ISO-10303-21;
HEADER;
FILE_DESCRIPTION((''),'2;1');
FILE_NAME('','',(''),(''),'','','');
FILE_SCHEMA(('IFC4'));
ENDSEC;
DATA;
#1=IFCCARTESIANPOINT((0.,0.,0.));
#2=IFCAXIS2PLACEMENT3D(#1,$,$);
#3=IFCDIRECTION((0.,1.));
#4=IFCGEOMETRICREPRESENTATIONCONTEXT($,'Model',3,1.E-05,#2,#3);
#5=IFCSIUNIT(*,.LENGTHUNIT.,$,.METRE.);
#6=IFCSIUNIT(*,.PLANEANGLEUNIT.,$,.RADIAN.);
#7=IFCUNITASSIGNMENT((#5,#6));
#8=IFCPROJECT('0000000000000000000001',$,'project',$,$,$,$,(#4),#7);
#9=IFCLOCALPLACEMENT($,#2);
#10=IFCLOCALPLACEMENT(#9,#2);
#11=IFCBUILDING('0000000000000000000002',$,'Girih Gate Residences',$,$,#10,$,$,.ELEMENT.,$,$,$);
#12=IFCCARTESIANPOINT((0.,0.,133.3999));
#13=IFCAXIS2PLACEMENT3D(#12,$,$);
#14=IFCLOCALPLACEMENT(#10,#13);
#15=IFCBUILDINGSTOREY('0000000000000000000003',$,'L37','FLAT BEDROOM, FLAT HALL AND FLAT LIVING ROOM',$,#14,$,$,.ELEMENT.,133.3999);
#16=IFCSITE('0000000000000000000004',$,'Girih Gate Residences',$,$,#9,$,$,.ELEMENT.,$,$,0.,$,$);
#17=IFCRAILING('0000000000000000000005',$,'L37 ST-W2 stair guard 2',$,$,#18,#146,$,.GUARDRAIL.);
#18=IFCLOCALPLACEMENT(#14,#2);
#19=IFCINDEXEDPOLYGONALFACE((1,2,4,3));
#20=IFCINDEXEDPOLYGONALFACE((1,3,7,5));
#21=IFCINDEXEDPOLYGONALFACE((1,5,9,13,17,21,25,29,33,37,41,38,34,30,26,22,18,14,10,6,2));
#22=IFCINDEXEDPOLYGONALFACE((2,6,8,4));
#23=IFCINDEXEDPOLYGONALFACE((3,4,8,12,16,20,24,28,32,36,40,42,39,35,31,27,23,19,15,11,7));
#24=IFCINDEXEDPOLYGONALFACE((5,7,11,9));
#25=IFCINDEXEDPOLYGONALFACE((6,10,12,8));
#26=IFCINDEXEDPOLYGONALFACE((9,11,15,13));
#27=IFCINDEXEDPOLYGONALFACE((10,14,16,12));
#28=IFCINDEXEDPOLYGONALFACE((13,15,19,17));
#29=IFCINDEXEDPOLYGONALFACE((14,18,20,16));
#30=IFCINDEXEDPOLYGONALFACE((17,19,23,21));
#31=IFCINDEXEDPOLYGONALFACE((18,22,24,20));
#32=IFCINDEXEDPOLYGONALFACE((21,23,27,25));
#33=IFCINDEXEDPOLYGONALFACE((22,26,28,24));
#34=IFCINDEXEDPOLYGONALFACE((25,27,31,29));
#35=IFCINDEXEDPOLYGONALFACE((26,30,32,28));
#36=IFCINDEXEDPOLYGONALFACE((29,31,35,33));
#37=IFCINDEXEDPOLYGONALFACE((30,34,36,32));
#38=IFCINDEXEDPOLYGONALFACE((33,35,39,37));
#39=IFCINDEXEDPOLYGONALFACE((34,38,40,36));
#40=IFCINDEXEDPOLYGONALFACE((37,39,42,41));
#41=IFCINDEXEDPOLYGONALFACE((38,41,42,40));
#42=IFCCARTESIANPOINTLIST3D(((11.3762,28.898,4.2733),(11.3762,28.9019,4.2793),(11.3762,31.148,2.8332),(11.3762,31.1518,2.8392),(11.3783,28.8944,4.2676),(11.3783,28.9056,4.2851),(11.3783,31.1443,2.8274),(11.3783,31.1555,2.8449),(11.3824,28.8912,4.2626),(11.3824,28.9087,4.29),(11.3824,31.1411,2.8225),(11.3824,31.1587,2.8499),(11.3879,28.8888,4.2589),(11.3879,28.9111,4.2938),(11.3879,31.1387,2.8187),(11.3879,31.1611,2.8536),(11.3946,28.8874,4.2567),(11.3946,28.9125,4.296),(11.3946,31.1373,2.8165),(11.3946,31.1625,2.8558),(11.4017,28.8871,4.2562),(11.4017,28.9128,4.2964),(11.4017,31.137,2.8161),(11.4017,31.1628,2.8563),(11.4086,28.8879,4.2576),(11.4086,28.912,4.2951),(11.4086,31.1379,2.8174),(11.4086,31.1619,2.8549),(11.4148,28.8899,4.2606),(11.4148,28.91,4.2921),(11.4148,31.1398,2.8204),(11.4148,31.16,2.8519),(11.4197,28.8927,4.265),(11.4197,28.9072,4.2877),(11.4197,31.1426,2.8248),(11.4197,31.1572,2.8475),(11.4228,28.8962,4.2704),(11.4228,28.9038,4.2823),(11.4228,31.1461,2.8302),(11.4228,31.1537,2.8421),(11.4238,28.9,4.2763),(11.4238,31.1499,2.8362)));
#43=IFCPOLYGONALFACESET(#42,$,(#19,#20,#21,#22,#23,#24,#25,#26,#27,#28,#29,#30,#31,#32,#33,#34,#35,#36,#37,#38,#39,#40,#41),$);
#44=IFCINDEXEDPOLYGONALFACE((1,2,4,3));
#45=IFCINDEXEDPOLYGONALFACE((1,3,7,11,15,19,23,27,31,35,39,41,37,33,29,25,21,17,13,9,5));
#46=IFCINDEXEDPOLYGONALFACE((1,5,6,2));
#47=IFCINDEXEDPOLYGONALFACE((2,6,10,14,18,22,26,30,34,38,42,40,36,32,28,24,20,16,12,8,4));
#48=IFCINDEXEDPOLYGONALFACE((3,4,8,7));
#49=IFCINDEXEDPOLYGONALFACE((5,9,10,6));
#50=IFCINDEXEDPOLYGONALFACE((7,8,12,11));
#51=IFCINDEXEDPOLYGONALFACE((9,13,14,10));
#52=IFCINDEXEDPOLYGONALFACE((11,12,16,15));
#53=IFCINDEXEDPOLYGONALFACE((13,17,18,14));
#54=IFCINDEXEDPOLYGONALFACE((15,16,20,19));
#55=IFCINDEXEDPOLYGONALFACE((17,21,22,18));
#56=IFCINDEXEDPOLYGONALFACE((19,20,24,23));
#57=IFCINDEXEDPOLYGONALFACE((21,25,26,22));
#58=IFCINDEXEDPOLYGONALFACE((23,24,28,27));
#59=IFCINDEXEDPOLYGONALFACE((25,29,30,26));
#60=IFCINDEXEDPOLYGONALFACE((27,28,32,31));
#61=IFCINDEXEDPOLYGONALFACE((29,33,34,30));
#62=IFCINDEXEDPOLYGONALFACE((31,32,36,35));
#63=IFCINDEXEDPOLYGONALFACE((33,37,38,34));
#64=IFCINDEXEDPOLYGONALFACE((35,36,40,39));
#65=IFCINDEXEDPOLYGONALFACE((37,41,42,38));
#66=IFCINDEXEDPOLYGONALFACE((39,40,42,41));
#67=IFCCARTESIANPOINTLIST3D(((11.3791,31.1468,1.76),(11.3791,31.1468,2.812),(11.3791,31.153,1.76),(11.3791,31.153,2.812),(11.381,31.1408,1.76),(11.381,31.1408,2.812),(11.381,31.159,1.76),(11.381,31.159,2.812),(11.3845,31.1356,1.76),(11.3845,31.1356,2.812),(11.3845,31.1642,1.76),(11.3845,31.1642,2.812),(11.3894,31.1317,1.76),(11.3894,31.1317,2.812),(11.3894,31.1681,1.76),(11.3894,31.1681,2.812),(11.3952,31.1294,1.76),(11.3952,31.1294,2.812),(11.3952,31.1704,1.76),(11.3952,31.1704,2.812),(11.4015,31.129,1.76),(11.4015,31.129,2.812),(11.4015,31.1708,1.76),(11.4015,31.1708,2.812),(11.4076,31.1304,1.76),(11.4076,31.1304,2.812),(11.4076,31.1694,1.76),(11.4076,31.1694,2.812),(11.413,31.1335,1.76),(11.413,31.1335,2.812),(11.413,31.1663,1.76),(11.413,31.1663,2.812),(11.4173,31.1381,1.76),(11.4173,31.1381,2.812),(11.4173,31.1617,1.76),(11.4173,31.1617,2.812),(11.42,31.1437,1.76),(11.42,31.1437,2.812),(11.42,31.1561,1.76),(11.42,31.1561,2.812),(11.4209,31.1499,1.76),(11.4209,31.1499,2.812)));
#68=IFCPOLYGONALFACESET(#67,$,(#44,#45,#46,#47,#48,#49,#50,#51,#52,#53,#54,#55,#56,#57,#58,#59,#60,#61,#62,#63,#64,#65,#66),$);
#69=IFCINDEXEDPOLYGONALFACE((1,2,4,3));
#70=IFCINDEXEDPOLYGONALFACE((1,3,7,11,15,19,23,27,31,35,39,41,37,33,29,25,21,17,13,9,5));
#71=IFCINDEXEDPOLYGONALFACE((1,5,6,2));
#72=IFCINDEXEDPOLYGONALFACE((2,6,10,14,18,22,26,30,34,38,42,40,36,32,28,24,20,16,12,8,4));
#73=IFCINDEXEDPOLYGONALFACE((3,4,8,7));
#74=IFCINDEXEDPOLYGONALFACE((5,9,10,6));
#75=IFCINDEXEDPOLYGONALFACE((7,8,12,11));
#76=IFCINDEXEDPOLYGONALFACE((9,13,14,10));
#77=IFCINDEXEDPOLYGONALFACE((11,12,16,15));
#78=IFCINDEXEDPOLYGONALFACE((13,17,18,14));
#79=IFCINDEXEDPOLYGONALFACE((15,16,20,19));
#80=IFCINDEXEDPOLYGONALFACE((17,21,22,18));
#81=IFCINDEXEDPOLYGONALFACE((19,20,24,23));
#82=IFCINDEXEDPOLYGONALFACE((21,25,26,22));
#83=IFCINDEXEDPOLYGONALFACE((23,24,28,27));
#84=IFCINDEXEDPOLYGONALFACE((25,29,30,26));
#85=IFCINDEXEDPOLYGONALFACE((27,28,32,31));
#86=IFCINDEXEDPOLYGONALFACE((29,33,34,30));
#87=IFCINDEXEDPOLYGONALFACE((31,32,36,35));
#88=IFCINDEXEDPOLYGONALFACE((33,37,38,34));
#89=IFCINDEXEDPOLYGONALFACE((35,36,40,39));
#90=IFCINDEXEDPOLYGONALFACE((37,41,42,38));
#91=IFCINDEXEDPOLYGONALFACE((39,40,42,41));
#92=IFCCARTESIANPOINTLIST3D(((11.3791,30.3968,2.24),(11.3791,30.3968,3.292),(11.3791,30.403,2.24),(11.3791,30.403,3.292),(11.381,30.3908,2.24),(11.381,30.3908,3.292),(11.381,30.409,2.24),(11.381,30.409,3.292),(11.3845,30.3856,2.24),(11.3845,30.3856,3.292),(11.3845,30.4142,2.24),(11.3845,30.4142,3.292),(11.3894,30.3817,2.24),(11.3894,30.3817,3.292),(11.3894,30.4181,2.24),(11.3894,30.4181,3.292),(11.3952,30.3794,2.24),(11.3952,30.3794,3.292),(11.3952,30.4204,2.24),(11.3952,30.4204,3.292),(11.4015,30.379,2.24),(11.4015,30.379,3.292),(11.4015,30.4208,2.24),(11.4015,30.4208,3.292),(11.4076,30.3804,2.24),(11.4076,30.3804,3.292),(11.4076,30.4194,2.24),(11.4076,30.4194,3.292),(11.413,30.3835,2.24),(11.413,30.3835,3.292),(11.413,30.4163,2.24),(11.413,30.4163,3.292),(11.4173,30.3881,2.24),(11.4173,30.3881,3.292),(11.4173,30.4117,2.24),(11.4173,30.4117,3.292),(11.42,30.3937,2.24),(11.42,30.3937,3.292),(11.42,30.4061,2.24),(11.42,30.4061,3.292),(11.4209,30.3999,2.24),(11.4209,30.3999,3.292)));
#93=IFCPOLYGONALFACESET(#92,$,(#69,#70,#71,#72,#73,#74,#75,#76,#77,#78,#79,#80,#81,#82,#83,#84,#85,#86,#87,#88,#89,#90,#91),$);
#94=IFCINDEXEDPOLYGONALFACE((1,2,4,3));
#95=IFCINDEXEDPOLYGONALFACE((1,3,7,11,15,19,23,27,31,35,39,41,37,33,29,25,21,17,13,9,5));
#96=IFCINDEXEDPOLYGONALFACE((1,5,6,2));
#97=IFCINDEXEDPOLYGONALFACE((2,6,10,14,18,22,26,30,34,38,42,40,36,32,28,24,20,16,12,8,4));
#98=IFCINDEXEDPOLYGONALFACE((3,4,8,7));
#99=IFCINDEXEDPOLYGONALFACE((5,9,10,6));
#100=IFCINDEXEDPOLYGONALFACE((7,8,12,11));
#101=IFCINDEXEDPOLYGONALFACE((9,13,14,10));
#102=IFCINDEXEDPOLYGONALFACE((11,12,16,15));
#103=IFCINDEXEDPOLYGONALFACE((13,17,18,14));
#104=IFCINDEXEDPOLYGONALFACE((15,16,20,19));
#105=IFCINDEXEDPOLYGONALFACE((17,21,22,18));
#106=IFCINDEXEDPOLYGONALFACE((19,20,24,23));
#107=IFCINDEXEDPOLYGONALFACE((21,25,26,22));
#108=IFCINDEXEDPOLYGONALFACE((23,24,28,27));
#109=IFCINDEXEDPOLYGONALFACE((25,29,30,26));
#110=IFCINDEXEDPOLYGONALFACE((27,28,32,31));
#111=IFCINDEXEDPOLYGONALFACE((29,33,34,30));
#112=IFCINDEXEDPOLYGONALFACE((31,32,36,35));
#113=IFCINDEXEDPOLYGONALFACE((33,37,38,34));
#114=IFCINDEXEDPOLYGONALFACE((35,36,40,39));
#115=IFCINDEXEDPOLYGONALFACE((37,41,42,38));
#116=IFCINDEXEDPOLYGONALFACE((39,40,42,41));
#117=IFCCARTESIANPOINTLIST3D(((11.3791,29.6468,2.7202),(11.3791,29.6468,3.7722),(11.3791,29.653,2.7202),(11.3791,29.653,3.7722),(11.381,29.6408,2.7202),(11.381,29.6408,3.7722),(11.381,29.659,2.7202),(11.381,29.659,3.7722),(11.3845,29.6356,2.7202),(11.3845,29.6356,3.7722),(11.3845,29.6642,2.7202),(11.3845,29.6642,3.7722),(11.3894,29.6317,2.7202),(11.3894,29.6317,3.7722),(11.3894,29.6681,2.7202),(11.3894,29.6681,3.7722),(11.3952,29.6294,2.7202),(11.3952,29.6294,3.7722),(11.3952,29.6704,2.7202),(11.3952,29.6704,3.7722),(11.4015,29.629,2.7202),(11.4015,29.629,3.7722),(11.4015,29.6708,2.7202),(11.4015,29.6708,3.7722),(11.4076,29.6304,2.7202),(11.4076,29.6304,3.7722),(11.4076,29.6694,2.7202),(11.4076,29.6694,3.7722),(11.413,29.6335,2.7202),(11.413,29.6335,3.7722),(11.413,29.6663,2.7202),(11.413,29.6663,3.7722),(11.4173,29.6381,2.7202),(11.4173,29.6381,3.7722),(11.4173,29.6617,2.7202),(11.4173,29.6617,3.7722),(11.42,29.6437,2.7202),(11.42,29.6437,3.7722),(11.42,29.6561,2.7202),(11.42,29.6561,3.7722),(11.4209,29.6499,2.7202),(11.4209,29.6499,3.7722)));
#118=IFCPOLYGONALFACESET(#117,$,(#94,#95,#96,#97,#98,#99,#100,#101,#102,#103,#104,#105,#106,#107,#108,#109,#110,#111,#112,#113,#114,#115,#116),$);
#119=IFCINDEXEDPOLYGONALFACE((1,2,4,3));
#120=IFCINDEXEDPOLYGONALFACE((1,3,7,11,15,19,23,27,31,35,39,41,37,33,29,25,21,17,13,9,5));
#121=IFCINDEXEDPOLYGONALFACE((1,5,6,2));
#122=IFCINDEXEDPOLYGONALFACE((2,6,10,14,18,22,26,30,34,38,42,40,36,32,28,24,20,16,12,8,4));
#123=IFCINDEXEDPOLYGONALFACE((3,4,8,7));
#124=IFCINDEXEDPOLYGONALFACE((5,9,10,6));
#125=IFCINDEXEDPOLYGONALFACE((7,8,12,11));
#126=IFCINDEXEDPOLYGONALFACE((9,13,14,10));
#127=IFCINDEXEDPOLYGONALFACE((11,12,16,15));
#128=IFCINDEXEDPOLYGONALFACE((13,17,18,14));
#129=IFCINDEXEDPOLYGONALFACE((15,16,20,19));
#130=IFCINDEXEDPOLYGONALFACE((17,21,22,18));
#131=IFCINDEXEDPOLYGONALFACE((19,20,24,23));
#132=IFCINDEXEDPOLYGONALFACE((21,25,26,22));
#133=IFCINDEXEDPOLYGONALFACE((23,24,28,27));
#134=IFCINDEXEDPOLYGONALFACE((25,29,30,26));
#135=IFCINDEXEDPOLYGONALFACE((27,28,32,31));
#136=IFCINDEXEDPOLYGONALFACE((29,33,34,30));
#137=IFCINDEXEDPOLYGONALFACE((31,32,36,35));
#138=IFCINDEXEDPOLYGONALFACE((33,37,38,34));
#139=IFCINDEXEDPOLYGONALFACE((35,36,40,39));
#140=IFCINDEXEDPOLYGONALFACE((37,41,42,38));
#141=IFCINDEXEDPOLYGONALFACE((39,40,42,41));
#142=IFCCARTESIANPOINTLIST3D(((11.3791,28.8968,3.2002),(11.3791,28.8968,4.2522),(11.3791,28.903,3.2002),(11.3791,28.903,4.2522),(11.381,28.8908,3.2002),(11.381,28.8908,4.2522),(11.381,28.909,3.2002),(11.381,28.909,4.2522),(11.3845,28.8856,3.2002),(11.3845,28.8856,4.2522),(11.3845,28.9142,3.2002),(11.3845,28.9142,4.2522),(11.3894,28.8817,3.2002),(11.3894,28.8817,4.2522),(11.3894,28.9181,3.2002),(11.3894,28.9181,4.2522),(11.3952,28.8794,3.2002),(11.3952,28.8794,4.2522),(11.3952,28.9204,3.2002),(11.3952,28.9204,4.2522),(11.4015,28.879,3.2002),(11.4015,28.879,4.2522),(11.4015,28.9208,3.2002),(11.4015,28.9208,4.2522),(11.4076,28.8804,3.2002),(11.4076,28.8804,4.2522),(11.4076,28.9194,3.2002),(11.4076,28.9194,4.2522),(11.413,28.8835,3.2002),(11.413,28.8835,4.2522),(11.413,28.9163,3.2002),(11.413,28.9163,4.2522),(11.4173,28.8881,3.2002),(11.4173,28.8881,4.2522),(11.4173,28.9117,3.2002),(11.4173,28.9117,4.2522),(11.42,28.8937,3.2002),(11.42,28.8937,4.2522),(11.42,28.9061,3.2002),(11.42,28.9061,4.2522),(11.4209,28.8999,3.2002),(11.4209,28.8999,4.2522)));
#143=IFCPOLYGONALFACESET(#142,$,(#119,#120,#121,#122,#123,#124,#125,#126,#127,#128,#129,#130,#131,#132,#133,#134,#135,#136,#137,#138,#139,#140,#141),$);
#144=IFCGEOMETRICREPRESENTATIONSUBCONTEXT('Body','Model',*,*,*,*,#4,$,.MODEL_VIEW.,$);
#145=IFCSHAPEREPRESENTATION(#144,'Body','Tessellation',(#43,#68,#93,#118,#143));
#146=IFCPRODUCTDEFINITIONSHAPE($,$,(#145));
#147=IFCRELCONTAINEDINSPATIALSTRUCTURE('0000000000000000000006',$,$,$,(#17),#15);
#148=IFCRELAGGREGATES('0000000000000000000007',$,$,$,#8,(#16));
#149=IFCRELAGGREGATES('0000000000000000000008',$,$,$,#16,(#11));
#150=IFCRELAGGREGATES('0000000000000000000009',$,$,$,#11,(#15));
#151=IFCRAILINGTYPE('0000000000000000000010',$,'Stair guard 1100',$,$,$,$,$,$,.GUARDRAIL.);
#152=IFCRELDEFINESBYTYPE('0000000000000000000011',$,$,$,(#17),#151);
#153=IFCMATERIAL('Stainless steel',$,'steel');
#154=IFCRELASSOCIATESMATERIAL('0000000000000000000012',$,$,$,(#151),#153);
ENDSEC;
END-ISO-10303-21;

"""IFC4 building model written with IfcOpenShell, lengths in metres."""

from ifc_helpers import new_model, si_unit, direction, frame, origin, origin_2d, place, context, subcontext, project, spatial, circle, extrude, material, type_object, element, save


model = new_model("IFC4")

# Units and contexts
model_context = context("Model", 3, precision=1e-05, world=origin(), true_north=direction((0.0, 1.0)))
body_context = subcontext(model_context, "Body", "Model", "MODEL_VIEW")
ifc_project = project(units=[si_unit("LENGTHUNIT", "METRE"), si_unit("PLANEANGLEUNIT", "RADIAN")], contexts=[model_context])

# Site, building, storey
site_placement = place(None, origin())
site = spatial("IfcSite", under=ifc_project, at=site_placement, Name="Girih Gate Residences", CompositionType="ELEMENT", RefElevation=0.0)
building_placement = place(site_placement, origin())
building = spatial("IfcBuilding", under=site, at=building_placement, Name="Girih Gate Residences", CompositionType="ELEMENT")
storey_placement = place(building_placement, frame((0.0, 0.0, 133.3999)))
storey = spatial("IfcBuildingStorey", under=building, at=storey_placement, Name="L37", Description="FLAT BEDROOM, FLAT HALL AND FLAT LIVING ROOM", CompositionType="ELEMENT", Elevation=133.3999)

# Railing
ifc_material_1 = material(Name="Stainless steel", Category="steel")
railing_type_1 = type_object("IfcRailingType", Name="Stair guard 1100", PredefinedType="GUARDRAIL", material=ifc_material_1)
railing_1_placement = place(storey_placement, frame((11.3999, 31.1499, 1.76)))
element("IfcRailing", 1, at=railing_1_placement, inside=storey, type_object=railing_type_1, Name="L37 ST-W2 stair guard 2", PredefinedType="GUARDRAIL", context=body_context, shape_type="SweptSolid", body=[
    extrude(circle(Radius=0.0239, at=origin_2d()), frame((0.0, 0.0, 1.0762), z_axis=(0.0, -0.84224, 0.539103), x_axis=(1.0, 0.0, 0.0)), (0.0, 0.0, 1.0), 2.6714),
    extrude(circle(Radius=0.021, at=origin_2d()), origin(), (0.0, 0.0, 1.0), 1.052),
    extrude(circle(Radius=0.021, at=origin_2d()), frame((0.0, -0.75, 0.48)), (0.0, 0.0, 1.0), 1.052),
    extrude(circle(Radius=0.021, at=origin_2d()), frame((0.0, -1.5, 0.9602)), (0.0, 0.0, 1.0), 1.052),
    extrude(circle(Radius=0.021, at=origin_2d()), frame((0.0, -2.25, 1.4402)), (0.0, 0.0, 1.0), 1.052),
])

save(model, "model.ifc")
